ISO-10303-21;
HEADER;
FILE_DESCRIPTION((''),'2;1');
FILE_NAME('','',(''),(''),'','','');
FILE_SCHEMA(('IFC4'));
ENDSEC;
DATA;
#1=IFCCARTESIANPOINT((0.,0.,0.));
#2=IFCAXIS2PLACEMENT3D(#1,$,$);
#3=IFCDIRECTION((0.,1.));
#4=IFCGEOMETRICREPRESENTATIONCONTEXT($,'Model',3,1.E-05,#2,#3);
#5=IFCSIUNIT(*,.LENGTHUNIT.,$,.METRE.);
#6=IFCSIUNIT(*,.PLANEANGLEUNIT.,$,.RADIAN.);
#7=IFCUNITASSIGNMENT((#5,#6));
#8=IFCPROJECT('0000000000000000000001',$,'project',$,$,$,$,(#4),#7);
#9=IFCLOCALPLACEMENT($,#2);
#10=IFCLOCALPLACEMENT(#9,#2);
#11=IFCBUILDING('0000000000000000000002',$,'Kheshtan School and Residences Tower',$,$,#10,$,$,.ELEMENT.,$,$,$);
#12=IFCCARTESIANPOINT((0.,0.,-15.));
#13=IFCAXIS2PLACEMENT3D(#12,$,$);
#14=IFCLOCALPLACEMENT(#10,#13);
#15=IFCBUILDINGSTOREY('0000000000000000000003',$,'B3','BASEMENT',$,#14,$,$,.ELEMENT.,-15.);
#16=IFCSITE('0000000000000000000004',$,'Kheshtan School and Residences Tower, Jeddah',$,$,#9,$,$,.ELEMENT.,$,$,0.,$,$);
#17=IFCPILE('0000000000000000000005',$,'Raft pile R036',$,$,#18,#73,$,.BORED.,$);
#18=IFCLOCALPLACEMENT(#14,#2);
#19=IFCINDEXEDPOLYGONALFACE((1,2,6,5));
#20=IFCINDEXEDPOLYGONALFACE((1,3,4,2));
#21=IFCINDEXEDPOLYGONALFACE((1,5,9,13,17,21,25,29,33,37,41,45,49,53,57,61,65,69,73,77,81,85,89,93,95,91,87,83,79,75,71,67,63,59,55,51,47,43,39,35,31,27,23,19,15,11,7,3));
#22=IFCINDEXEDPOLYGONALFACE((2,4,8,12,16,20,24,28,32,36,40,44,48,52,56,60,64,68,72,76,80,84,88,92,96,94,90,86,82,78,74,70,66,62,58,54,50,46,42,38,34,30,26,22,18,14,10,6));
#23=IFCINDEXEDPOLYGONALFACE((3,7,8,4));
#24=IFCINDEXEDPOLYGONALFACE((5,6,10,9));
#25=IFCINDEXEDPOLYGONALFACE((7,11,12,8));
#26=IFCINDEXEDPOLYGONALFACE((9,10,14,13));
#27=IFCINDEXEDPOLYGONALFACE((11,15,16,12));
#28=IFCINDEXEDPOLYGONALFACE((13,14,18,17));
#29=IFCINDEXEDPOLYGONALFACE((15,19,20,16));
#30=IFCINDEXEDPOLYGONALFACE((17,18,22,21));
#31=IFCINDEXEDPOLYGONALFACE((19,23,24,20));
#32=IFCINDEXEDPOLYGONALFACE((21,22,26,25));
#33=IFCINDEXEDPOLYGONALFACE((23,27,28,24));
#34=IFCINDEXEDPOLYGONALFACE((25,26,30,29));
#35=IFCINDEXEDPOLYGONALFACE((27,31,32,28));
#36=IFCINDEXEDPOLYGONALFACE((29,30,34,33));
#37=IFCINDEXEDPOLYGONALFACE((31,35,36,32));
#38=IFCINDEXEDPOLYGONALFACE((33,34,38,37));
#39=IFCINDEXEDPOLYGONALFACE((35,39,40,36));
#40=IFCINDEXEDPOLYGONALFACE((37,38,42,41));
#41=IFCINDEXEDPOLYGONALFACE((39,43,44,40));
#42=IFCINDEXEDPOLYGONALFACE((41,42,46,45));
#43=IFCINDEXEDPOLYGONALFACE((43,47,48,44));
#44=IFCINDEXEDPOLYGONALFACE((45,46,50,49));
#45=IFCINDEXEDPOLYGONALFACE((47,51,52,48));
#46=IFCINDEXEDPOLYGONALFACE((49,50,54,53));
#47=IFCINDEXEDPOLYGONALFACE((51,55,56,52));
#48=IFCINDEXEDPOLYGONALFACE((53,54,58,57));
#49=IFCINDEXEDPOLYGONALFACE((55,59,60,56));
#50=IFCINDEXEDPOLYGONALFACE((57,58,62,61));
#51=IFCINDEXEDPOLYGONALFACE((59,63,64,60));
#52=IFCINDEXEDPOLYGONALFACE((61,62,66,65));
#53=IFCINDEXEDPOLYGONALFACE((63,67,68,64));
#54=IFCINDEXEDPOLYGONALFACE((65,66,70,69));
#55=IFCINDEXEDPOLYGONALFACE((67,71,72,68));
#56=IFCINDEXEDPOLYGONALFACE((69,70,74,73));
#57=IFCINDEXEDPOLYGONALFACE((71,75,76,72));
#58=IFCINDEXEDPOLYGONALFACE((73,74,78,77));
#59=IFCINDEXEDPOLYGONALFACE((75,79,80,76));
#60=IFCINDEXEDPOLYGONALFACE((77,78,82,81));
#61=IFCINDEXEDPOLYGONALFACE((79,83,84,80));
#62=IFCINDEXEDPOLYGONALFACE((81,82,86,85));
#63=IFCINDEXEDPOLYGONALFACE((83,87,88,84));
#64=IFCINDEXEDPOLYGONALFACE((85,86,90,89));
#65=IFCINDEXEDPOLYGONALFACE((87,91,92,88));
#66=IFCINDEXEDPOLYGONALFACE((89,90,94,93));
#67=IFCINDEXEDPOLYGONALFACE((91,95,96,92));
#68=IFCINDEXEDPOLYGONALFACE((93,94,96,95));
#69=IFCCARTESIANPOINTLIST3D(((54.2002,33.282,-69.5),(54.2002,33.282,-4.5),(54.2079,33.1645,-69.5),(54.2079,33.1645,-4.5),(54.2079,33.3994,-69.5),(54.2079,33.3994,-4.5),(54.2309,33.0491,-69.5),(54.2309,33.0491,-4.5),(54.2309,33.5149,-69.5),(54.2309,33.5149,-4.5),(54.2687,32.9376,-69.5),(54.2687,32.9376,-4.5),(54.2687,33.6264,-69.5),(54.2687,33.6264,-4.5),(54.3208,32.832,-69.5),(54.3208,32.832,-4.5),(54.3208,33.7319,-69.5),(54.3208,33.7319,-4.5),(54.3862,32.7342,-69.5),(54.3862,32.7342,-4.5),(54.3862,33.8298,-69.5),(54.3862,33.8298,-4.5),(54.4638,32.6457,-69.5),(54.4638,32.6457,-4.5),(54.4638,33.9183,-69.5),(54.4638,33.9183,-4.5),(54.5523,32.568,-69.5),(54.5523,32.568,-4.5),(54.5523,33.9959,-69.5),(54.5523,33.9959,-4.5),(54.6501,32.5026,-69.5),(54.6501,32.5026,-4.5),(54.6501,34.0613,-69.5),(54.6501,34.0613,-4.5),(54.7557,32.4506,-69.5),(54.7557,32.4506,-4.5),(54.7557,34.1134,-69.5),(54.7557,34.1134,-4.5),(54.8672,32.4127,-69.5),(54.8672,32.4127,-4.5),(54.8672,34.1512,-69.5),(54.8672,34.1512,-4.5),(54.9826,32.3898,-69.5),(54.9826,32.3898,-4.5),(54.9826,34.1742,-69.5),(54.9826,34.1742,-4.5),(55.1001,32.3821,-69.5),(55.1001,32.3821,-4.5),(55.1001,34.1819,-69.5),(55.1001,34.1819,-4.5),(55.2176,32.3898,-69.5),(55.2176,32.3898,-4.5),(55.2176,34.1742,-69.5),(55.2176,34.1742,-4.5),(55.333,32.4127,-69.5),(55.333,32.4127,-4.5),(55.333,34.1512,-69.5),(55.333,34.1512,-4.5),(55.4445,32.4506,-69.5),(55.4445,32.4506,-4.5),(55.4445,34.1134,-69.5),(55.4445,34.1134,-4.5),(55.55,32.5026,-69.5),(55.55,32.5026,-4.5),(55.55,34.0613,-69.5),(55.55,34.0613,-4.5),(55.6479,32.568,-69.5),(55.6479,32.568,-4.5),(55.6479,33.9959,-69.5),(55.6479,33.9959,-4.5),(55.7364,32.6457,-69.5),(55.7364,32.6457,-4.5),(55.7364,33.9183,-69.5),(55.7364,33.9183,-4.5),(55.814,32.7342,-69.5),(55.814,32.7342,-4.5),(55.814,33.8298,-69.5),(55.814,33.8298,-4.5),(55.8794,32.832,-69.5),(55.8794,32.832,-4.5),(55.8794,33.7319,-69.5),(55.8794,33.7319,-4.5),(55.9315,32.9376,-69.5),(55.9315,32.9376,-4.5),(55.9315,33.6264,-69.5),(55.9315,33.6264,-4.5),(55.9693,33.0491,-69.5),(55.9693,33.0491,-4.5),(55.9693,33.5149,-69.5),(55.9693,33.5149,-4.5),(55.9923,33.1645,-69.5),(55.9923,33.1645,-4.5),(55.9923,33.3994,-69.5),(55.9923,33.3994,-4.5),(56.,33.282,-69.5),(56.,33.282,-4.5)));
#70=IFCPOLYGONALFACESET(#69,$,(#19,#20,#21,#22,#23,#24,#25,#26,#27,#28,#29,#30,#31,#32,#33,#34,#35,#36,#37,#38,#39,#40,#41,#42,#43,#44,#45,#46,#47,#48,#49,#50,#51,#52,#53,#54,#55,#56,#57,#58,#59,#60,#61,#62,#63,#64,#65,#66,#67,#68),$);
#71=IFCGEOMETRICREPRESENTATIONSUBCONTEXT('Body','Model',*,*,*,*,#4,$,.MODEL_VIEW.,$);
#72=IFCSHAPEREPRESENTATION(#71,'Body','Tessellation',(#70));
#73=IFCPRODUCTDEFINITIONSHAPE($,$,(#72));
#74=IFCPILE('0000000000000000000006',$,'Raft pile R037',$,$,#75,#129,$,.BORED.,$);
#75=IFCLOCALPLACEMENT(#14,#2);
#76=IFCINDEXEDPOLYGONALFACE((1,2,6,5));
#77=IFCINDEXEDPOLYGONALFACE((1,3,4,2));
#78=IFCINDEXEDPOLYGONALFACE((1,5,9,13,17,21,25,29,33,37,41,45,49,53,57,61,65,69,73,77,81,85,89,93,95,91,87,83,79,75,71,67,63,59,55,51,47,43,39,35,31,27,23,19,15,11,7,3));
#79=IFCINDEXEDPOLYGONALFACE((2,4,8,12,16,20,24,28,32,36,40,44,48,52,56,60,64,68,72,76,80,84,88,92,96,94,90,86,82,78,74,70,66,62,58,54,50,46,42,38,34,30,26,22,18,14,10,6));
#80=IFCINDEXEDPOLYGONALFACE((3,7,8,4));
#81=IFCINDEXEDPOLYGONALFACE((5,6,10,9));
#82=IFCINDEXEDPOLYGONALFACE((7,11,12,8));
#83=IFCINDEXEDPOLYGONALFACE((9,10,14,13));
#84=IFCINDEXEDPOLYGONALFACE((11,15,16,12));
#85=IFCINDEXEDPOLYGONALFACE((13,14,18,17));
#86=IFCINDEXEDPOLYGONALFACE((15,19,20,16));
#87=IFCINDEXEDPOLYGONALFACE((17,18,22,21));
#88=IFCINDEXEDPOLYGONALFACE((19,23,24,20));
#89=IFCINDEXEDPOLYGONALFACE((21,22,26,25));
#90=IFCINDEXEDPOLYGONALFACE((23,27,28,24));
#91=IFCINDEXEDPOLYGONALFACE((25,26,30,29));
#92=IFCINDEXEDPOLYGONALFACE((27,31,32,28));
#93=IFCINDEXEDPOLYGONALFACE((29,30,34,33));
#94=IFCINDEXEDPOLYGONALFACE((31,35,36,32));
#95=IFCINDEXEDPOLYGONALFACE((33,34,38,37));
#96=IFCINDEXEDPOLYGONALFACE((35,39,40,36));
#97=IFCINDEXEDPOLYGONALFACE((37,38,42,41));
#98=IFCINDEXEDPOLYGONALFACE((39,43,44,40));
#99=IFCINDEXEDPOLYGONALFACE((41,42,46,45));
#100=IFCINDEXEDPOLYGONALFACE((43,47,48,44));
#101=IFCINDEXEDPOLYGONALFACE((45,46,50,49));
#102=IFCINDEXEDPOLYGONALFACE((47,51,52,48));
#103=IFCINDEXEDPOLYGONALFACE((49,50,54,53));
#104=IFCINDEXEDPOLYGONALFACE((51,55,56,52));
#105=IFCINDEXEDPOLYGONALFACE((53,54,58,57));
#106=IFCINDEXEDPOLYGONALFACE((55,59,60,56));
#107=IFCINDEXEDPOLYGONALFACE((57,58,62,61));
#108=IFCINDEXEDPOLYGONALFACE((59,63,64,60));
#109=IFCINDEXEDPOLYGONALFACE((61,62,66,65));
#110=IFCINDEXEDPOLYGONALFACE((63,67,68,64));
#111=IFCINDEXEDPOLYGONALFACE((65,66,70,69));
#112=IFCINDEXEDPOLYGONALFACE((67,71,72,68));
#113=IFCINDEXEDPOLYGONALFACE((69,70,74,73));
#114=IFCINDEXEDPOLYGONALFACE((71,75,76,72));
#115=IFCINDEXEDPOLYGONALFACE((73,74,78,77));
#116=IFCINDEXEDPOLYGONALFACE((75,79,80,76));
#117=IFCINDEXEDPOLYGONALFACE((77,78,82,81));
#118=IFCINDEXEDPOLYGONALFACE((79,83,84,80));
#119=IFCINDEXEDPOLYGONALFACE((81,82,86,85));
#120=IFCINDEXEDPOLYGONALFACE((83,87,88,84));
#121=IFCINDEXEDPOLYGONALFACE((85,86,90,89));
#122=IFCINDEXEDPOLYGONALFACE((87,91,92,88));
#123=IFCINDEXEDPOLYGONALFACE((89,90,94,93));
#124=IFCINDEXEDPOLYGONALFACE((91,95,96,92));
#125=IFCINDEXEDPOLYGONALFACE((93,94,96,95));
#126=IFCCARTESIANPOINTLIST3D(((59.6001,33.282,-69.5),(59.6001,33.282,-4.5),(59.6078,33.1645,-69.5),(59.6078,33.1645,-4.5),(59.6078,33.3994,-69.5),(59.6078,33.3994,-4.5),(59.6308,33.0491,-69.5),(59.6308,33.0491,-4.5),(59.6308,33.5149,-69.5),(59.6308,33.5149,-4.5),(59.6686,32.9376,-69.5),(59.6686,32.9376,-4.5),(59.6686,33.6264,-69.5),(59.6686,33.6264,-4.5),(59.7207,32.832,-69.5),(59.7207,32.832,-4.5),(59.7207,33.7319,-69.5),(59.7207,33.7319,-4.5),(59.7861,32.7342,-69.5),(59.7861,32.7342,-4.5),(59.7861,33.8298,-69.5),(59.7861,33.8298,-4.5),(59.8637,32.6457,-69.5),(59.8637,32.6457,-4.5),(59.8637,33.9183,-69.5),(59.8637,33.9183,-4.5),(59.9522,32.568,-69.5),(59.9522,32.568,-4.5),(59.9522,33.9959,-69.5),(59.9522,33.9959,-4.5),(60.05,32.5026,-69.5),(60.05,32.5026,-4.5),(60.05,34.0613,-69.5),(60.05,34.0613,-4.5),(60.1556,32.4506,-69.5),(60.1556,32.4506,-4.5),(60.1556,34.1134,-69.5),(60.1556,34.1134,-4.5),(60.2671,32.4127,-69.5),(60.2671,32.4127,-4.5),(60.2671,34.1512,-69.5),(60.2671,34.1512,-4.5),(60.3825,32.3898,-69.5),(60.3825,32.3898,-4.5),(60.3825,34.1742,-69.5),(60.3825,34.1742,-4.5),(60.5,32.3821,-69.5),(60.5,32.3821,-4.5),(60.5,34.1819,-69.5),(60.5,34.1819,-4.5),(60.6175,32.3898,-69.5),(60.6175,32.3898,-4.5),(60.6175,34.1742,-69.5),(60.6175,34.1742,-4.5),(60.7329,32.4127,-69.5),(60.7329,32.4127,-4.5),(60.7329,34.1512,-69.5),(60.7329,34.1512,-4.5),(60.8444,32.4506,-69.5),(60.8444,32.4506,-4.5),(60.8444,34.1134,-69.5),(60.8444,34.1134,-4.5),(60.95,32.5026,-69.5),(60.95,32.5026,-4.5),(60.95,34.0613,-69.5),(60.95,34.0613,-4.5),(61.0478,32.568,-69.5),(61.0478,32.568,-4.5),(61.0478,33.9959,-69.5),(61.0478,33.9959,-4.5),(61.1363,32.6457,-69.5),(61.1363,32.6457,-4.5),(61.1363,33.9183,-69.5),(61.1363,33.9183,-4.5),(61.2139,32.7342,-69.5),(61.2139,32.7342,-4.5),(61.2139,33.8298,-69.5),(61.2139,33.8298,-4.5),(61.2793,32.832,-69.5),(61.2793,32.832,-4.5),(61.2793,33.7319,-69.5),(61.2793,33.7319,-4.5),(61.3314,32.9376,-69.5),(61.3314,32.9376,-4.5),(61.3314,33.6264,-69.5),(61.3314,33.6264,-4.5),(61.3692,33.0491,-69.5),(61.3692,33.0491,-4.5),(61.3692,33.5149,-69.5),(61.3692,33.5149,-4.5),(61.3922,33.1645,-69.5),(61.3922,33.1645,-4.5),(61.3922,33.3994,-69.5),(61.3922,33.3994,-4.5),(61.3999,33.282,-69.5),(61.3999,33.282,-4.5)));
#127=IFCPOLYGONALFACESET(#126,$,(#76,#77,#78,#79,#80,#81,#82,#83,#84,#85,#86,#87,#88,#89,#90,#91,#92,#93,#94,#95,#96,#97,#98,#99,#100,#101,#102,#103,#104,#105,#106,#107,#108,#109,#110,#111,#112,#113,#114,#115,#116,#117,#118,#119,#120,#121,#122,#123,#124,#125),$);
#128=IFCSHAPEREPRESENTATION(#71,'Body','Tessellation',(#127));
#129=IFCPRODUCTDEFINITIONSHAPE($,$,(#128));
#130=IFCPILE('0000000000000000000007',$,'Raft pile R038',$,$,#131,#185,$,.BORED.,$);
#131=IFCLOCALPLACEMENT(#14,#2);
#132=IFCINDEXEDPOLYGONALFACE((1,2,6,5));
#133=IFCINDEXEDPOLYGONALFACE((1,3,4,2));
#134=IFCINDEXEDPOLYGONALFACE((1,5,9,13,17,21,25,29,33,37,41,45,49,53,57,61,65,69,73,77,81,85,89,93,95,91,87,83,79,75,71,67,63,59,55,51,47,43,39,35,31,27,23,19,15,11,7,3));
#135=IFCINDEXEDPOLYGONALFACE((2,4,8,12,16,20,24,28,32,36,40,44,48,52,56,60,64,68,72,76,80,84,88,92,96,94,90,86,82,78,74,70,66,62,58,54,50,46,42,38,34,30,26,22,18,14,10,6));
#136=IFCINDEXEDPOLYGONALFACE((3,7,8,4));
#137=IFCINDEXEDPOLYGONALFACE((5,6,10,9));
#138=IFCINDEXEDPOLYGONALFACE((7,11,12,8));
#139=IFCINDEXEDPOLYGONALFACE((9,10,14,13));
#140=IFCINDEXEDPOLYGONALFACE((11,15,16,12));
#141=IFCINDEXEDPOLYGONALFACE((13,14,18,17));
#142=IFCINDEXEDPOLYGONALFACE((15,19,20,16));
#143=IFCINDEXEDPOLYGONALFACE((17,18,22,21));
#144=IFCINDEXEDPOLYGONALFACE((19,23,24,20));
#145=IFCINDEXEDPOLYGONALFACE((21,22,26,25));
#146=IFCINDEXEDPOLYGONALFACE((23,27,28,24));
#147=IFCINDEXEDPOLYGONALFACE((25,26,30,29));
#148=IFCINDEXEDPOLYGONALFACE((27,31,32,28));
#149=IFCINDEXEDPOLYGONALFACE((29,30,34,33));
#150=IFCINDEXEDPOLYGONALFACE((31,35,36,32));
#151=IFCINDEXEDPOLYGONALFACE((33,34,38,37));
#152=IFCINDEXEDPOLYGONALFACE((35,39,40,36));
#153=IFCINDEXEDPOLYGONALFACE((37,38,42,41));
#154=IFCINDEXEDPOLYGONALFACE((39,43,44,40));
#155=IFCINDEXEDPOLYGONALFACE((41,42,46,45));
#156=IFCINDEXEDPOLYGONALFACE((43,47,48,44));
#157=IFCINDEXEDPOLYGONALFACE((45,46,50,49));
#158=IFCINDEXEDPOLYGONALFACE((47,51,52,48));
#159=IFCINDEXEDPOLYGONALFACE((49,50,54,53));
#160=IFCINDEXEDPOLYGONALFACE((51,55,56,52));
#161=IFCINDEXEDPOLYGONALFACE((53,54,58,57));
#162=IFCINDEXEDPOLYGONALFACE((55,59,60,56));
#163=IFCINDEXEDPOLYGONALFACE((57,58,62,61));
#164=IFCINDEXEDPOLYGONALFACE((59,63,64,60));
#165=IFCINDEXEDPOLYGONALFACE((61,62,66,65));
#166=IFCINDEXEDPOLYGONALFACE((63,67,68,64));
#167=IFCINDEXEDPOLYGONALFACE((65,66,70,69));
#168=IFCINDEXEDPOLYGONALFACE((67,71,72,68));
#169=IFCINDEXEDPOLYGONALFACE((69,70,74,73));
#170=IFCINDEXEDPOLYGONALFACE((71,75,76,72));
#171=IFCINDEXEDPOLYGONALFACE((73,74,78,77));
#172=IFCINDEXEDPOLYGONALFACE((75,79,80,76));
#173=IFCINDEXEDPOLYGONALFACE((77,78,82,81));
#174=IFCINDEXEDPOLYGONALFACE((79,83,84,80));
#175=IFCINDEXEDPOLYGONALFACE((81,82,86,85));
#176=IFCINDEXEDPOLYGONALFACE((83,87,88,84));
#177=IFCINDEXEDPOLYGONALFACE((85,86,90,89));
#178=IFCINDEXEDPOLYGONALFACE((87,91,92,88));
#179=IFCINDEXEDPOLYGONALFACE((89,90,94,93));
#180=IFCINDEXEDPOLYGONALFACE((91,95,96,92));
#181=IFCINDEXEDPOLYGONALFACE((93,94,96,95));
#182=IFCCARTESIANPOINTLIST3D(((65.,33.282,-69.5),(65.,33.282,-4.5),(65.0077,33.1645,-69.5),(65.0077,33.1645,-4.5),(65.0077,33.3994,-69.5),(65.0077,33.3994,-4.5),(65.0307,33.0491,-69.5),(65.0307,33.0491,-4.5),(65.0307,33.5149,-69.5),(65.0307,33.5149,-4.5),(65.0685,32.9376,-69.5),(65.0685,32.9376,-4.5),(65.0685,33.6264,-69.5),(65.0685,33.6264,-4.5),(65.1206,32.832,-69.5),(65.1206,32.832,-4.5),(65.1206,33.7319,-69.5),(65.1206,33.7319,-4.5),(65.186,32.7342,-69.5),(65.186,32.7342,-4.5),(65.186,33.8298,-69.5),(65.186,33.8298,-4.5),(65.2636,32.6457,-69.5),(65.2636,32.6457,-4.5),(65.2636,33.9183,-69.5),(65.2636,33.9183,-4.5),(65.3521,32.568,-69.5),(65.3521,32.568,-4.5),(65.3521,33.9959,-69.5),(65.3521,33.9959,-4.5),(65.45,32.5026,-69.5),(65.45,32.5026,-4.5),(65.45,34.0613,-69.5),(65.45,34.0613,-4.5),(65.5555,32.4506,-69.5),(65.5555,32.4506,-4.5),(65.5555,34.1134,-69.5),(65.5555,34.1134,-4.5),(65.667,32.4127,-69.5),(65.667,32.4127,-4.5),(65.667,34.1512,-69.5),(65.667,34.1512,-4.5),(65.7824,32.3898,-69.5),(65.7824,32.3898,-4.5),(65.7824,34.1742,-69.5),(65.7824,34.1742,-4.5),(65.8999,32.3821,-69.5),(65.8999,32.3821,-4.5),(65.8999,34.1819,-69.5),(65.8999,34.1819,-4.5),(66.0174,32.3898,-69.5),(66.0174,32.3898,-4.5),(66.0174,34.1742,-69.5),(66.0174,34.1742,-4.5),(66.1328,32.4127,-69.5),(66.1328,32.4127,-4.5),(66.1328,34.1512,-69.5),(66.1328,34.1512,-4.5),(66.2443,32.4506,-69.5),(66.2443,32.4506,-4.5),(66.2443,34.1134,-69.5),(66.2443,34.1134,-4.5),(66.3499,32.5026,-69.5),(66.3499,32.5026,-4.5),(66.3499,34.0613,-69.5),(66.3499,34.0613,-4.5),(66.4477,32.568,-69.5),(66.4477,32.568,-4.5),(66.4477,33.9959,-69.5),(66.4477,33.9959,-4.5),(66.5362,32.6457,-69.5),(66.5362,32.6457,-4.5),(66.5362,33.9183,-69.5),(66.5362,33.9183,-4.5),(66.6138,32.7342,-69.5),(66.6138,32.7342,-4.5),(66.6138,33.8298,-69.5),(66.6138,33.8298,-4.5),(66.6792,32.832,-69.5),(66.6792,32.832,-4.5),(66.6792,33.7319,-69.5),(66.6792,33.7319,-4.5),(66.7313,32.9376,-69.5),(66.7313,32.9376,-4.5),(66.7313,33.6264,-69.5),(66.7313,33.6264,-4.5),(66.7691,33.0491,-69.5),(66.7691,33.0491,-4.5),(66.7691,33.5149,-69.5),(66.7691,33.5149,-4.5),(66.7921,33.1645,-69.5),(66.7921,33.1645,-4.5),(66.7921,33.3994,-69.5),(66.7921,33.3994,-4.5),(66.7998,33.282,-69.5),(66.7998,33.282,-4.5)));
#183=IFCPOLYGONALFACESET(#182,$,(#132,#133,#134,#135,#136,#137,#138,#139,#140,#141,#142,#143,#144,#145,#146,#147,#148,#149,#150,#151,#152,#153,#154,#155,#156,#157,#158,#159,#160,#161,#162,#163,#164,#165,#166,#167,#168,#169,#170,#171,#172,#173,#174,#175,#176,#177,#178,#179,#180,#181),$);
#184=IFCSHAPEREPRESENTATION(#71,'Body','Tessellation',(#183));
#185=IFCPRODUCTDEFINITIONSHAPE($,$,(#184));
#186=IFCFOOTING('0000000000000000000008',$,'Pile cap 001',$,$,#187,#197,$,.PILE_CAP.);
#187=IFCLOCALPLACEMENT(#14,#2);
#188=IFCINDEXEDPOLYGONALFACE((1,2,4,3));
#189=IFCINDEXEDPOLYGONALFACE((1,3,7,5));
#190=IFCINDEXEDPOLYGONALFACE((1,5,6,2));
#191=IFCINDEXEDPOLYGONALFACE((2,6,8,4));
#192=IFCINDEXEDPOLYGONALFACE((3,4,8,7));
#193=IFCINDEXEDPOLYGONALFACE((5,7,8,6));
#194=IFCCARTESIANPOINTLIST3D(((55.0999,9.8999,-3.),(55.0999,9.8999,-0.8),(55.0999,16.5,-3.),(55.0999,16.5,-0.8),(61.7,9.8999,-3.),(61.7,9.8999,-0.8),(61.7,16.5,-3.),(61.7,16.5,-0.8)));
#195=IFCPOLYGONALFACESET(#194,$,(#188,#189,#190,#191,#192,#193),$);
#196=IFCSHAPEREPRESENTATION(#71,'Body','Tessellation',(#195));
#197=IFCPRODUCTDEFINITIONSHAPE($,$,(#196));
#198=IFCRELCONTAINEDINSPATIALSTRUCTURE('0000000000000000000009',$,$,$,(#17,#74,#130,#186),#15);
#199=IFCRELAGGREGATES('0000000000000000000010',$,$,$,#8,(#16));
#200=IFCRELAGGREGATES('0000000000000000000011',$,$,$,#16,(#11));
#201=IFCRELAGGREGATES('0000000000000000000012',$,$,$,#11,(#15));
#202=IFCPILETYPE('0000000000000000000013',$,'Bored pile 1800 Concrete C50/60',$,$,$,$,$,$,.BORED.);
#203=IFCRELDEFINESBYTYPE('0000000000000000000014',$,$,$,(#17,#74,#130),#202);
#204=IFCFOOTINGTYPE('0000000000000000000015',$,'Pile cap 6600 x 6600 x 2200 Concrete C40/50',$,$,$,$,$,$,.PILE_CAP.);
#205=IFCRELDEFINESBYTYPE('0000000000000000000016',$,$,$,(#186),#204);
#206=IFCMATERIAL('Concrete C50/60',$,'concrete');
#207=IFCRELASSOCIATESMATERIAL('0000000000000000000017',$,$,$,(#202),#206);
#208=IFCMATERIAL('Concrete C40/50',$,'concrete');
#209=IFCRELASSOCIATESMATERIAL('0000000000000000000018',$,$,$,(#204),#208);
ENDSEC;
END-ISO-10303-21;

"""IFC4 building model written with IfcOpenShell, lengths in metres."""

from ifc_helpers import new_model, si_unit, direction, frame, origin, origin_2d, place, context, subcontext, project, spatial, rectangle, circle, extrude, material, material_profile, profile_set, type_object, element, save


model = new_model("IFC4")

# Units and contexts
model_context = context("Model", 3, precision=1e-05, world=origin(), true_north=direction((0.0, 1.0)))
body_context = subcontext(model_context, "Body", "Model", "MODEL_VIEW")
ifc_project = project(units=[si_unit("LENGTHUNIT", "METRE"), si_unit("PLANEANGLEUNIT", "RADIAN")], contexts=[model_context])

# Site, building, storey
site_placement = place(None, origin())
site = spatial("IfcSite", under=ifc_project, at=site_placement, Name="Kheshtan School and Residences Tower, Jeddah", CompositionType="ELEMENT", RefElevation=0.0)
building_placement = place(site_placement, origin())
building = spatial("IfcBuilding", under=site, at=building_placement, Name="Kheshtan School and Residences Tower", CompositionType="ELEMENT")
storey_placement = place(building_placement, frame((0.0, 0.0, -15.0)))
storey = spatial("IfcBuildingStorey", under=building, at=storey_placement, Name="B3", Description="BASEMENT", CompositionType="ELEMENT", Elevation=-15.0)

# Piles
ifc_material_1 = material(Name="Concrete C50/60", Category="concrete")
ifc_material_profile_1 = material_profile(ifc_material_1, circle(Radius=0.8999, at=origin_2d()), Name="BP 1800")
ifc_profile_set_1 = profile_set([ifc_material_profile_1], Name="Concrete C50/60")
pile_type_1 = type_object("IfcPileType", Name="Bored pile 1800 Concrete C50/60", PredefinedType="BORED", material=ifc_profile_set_1)
for number, where, z_axis, x_axis, name in (
    (1, (55.1001, 33.282, -4.5), (0.0, 0.0, -1.0), (1.0, 0.0, 0.0), "Raft pile R036"),
    (2, (60.5, 33.282, -4.5), (0.0, 0.0, -1.0), (1.0, 0.0, 0.0), "Raft pile R037"),
    (3, (65.8999, 33.282, -4.5), (0.0, 0.0, -1.0), (1.0, 0.0, 0.0), "Raft pile R038"),
):
    element("IfcPile", number, at=place(storey_placement, frame(where, z_axis=z_axis, x_axis=x_axis)), inside=storey, type_object=pile_type_1, Name=name, PredefinedType="BORED", context=body_context, shape_type="SweptSolid", body=[
        extrude(circle(Radius=0.8999, at=origin_2d()), origin(), (0.0, 0.0, 1.0), 65.0),
    ])

# Footing
ifc_material_2 = material(Name="Concrete C40/50", Category="concrete")
footing_type = type_object("IfcFootingType", Name="Pile cap 6600 x 6600 x 2200 Concrete C40/50", PredefinedType="PILE_CAP", material=ifc_material_2)
footing_placement = place(storey_placement, frame((58.3999, 13.2, -3.0), z_axis=(0.0, 0.0, 1.0), x_axis=(1.0, 0.0, 0.0)))
element("IfcFooting", 4, at=footing_placement, inside=storey, type_object=footing_type, Name="Pile cap 001", PredefinedType="PILE_CAP", context=body_context, shape_type="SweptSolid", body=[
    extrude(rectangle(XDim=6.6001, YDim=6.6001, at=origin_2d()), origin(), (0.0, 0.0, 1.0), 2.2),
])

save(model, "model.ifc")
